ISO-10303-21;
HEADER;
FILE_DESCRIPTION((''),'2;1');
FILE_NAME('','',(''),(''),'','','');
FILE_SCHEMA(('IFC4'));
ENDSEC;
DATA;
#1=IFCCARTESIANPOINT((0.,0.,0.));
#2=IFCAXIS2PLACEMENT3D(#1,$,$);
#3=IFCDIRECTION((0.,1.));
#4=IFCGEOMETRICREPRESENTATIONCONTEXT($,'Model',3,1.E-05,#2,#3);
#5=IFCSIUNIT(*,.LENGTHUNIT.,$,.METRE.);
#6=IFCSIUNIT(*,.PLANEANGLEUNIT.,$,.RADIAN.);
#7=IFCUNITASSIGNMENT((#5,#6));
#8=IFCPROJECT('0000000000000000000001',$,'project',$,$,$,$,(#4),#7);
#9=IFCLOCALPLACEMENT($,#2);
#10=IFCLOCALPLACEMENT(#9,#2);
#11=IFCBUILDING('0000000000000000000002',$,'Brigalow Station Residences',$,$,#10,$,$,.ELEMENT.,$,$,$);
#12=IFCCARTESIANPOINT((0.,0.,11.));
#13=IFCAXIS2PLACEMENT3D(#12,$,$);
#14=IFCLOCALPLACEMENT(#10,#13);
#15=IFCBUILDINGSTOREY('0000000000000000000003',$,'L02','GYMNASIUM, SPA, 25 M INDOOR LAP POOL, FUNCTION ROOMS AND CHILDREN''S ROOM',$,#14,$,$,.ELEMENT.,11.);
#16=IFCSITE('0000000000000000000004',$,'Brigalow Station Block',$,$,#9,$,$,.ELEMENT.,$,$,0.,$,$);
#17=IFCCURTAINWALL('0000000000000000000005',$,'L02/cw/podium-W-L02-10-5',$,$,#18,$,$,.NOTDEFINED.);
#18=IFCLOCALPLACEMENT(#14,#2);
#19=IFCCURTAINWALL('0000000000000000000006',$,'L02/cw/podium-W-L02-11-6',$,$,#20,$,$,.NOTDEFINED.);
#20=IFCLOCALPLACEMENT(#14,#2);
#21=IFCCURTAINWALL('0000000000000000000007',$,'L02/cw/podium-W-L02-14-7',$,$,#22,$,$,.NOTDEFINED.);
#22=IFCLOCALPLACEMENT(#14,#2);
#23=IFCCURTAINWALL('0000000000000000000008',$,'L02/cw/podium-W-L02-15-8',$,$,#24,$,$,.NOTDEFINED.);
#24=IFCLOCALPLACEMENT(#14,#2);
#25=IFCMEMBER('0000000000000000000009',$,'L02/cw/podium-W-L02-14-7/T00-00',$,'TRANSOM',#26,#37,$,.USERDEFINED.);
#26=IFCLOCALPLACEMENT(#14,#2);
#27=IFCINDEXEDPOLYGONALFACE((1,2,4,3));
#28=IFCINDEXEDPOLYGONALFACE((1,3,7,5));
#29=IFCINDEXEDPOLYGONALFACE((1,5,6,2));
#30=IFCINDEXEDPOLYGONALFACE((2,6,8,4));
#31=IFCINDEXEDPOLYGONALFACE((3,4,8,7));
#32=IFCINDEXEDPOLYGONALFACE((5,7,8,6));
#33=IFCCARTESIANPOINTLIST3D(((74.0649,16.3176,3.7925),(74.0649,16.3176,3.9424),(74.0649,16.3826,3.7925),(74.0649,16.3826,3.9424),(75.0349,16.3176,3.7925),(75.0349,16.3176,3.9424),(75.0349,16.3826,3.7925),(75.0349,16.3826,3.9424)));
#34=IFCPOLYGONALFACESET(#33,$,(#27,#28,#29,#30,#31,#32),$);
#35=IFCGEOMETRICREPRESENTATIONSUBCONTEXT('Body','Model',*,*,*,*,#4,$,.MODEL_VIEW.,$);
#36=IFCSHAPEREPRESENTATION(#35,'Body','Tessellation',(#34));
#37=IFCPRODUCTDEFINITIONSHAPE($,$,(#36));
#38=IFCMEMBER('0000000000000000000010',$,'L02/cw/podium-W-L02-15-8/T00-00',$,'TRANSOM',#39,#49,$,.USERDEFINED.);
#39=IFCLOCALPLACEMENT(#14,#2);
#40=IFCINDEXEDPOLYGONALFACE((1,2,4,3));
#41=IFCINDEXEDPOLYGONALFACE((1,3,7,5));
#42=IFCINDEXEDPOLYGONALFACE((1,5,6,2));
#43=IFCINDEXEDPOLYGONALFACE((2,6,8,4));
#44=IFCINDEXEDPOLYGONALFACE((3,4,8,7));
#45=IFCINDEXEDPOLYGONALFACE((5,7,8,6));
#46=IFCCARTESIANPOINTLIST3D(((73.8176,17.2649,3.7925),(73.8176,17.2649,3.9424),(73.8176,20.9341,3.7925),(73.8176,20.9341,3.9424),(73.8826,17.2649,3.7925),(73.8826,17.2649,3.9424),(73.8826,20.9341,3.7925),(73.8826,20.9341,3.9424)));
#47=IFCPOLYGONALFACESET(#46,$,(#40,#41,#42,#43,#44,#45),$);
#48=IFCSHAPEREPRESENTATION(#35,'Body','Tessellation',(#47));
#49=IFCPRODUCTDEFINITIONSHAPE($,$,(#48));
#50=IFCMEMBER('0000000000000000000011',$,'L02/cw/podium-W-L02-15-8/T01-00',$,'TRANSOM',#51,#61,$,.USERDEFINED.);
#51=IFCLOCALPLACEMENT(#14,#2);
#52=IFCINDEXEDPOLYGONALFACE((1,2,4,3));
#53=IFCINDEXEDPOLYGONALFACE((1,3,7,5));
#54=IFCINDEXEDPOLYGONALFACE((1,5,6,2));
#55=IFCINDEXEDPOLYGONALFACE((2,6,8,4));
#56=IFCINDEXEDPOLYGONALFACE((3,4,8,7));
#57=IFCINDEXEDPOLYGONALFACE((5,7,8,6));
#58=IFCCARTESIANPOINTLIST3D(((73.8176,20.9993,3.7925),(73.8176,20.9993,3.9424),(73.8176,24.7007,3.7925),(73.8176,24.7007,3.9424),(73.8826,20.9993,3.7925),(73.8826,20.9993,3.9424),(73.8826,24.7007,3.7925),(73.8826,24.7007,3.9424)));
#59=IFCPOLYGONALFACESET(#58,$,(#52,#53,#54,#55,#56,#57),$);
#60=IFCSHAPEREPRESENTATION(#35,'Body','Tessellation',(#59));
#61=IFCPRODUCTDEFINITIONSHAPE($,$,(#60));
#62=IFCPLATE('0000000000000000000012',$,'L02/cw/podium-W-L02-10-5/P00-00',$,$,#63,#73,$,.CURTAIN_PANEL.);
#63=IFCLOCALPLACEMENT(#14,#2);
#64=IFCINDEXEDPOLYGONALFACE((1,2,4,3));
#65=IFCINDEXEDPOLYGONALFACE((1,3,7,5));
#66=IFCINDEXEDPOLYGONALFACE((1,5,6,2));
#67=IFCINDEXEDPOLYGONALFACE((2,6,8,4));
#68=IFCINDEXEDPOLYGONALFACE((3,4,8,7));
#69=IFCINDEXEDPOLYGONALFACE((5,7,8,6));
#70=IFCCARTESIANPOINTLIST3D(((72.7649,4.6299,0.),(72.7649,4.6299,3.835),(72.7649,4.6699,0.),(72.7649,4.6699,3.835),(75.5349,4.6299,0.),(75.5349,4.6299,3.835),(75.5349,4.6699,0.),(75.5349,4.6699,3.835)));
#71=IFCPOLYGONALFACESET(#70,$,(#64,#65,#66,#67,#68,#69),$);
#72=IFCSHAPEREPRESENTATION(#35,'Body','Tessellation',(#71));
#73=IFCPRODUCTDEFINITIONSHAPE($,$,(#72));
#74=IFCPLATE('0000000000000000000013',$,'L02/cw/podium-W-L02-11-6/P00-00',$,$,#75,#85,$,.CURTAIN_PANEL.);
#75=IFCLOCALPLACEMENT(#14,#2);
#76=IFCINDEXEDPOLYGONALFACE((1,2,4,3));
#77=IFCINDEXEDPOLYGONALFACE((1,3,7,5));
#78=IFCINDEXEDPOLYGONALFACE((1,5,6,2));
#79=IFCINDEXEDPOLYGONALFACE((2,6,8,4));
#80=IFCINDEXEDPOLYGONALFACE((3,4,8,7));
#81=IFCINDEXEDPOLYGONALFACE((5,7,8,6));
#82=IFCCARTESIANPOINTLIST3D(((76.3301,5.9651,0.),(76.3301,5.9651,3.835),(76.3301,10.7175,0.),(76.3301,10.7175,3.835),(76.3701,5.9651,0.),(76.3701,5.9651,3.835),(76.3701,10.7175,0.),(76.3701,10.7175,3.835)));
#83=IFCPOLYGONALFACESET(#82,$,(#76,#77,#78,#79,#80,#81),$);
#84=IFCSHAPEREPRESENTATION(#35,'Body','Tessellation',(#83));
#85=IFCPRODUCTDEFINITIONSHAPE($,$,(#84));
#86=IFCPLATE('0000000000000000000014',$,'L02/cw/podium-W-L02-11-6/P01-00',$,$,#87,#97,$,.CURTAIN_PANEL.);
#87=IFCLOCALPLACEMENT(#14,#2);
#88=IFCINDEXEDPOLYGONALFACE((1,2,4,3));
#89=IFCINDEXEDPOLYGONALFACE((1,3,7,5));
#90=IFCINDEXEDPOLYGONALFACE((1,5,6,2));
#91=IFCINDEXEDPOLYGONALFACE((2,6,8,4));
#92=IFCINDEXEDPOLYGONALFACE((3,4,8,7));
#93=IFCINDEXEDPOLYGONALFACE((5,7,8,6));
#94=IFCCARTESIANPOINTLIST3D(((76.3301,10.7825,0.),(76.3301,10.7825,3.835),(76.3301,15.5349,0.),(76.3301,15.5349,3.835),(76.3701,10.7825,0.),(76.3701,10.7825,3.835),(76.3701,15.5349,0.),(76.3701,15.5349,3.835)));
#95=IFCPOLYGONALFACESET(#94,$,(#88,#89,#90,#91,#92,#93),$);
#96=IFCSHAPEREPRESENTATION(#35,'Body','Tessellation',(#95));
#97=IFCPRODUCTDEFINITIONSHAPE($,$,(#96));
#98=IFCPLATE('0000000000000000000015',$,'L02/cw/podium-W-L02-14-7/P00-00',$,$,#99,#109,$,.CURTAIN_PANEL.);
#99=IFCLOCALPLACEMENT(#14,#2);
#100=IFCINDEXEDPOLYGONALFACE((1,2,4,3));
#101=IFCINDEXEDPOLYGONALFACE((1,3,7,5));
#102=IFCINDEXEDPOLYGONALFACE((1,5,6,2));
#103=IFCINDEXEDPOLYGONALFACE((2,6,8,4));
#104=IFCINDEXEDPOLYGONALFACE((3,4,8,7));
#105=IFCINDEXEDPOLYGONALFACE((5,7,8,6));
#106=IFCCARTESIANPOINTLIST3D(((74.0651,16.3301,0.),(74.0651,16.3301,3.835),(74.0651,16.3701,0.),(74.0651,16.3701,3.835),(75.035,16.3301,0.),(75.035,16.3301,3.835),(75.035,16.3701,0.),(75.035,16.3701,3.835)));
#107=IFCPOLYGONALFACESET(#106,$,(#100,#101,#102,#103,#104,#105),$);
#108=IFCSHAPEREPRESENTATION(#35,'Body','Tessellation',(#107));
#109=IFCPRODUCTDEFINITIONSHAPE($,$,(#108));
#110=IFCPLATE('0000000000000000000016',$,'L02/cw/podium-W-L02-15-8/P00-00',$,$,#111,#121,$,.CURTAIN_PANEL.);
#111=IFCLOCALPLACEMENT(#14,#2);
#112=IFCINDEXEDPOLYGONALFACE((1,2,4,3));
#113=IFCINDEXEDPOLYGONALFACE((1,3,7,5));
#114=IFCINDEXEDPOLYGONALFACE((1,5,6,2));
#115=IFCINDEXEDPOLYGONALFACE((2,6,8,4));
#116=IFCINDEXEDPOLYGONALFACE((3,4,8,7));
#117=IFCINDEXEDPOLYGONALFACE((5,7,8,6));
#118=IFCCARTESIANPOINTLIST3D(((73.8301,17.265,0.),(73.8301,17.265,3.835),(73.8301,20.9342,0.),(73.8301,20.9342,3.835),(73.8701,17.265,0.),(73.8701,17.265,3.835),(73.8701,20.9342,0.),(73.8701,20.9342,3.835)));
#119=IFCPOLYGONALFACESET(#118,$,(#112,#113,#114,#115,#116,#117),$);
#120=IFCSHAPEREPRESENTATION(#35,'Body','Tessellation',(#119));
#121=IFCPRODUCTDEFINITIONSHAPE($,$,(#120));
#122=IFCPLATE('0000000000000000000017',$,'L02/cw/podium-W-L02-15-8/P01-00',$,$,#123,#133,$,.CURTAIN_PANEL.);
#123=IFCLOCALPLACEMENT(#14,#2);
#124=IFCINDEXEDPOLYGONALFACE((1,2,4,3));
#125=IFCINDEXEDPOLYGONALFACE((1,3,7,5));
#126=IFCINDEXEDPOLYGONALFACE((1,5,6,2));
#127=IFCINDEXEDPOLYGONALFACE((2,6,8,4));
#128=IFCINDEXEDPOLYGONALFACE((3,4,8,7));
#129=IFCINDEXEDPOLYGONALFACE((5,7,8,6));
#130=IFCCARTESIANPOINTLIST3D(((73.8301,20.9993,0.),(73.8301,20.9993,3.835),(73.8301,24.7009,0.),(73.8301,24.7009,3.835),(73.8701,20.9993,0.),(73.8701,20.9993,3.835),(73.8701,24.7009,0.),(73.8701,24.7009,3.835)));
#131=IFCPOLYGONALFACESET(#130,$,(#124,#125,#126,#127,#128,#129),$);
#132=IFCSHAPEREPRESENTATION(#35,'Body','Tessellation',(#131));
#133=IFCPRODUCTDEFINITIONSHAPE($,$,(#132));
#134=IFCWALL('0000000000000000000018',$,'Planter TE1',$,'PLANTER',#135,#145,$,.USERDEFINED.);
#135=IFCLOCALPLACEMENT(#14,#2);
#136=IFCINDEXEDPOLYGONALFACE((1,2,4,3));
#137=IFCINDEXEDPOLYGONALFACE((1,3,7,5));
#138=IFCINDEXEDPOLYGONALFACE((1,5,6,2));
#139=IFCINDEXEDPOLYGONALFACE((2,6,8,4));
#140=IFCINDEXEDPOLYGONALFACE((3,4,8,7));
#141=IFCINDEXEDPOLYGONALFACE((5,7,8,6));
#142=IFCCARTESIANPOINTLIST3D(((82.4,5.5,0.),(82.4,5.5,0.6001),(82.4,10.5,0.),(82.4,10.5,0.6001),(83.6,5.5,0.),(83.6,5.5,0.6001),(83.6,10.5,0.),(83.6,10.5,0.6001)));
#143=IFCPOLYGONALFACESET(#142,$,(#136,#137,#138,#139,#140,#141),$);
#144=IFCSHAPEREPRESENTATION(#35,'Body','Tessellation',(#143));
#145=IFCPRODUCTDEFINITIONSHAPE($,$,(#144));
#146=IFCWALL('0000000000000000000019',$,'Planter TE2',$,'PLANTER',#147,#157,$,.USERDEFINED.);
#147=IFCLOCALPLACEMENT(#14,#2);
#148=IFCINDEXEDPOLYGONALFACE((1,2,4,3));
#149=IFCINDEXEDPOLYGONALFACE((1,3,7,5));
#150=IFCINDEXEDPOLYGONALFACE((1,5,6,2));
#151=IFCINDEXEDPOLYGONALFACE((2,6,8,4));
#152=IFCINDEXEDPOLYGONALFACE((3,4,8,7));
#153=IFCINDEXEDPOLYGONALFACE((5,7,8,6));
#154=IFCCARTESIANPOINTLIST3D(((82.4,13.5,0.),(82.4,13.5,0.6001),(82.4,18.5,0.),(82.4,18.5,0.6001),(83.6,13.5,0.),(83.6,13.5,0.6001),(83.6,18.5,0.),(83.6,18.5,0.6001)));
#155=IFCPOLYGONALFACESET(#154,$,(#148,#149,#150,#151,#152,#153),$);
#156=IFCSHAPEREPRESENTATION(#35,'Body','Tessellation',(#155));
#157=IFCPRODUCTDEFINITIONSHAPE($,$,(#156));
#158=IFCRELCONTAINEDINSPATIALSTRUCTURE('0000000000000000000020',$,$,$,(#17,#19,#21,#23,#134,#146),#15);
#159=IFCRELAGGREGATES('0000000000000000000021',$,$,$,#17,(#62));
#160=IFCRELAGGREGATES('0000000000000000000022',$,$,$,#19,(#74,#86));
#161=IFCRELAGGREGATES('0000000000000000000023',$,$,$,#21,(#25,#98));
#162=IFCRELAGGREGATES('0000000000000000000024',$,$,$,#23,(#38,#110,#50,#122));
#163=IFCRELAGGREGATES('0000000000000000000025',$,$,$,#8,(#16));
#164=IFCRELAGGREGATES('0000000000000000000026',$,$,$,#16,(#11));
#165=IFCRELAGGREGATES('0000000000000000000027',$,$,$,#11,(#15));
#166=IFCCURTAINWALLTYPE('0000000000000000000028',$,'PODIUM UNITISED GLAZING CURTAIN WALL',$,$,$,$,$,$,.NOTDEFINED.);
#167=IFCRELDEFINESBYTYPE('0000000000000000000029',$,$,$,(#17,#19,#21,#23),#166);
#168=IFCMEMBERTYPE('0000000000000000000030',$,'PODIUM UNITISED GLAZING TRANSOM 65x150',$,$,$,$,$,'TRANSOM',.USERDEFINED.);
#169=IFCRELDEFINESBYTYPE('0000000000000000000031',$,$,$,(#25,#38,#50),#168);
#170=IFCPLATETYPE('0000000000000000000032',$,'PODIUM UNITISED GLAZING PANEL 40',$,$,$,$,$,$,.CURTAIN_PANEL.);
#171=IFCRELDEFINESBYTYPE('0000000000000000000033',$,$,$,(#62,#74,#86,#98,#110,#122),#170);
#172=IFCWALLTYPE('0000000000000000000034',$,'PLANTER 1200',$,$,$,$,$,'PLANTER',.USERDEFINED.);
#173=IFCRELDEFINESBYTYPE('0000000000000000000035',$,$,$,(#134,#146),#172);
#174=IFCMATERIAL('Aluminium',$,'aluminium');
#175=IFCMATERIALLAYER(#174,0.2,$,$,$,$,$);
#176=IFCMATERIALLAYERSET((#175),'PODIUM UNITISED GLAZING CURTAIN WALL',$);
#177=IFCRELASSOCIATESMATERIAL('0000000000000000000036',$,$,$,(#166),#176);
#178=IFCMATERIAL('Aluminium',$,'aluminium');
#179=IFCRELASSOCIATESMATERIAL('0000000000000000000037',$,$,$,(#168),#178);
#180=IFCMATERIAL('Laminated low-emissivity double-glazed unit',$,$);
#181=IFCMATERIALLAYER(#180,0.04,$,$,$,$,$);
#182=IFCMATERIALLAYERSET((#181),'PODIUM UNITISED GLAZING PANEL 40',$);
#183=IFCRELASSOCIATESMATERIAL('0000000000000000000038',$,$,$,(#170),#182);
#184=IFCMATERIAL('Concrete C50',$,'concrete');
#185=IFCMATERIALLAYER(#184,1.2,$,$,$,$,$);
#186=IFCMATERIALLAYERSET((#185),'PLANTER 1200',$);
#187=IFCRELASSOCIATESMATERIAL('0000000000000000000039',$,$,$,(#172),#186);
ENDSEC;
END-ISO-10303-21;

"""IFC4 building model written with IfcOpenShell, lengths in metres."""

from ifc_helpers import new_model, si_unit, direction, frame, frame_2d, origin, origin_2d, place, context, subcontext, project, spatial, rectangle, extrude, material, layer, layer_set, material_profile, profile_set, type_object, element, aggregate, save


model = new_model("IFC4")

# Units and contexts
model_context = context("Model", 3, precision=1e-05, world=origin(), true_north=direction((0.0, 1.0)))
body_context = subcontext(model_context, "Body", "Model", "MODEL_VIEW")
ifc_project = project(units=[si_unit("LENGTHUNIT", "METRE"), si_unit("PLANEANGLEUNIT", "RADIAN")], contexts=[model_context])

# Site, building, storey
site_placement = place(None, origin())
site = spatial("IfcSite", under=ifc_project, at=site_placement, Name="Brigalow Station Block", CompositionType="ELEMENT", RefElevation=0.0)
building_placement = place(site_placement, origin())
building = spatial("IfcBuilding", under=site, at=building_placement, Name="Brigalow Station Residences", CompositionType="ELEMENT")
storey_placement = place(building_placement, frame((0.0, 0.0, 11.0)))
storey = spatial("IfcBuildingStorey", under=building, at=storey_placement, Name="L02", Description="GYMNASIUM, SPA, 25 M INDOOR LAP POOL, FUNCTION ROOMS AND CHILDREN'S ROOM", CompositionType="ELEMENT", Elevation=11.0)

# Curtain wall
ifc_material_1 = material(Name="Aluminium", Category="aluminium")
ifc_layer_1 = layer(ifc_material_1, 0.2)
ifc_layer_set_1 = layer_set([ifc_layer_1], Name="PODIUM UNITISED GLAZING CURTAIN WALL")
curtain_wall_type = type_object("IfcCurtainWallType", Name="PODIUM UNITISED GLAZING CURTAIN WALL", PredefinedType="NOTDEFINED", material=ifc_layer_set_1)
curtain_wall_1_placement = place(storey_placement, origin())
curtain_wall_1 = element("IfcCurtainWall", 1, at=curtain_wall_1_placement, inside=storey, type_object=curtain_wall_type, Name="L02/cw/podium-W-L02-10-5", PredefinedType="NOTDEFINED")

# Curtain walls
curtain_wall_2_placement = place(storey_placement, origin())
curtain_wall_2 = element("IfcCurtainWall", 2, at=curtain_wall_2_placement, inside=storey, type_object=curtain_wall_type, Name="L02/cw/podium-W-L02-11-6", PredefinedType="NOTDEFINED")
curtain_wall_3_placement = place(storey_placement, origin())
curtain_wall_3 = element("IfcCurtainWall", 3, at=curtain_wall_3_placement, inside=storey, type_object=curtain_wall_type, Name="L02/cw/podium-W-L02-14-7", PredefinedType="NOTDEFINED")
curtain_wall_4_placement = place(storey_placement, origin())
curtain_wall_4 = element("IfcCurtainWall", 4, at=curtain_wall_4_placement, inside=storey, type_object=curtain_wall_type, Name="L02/cw/podium-W-L02-15-8", PredefinedType="NOTDEFINED")

# Members
ifc_material_2 = material(Name="Aluminium", Category="aluminium")
ifc_material_profile_1 = material_profile(ifc_material_2, rectangle(XDim=0.0649, YDim=0.1499, at=origin_2d()), Name="PODIUM UNITISED GLAZING TRANSOM 65x150")
ifc_profile_set_1 = profile_set([ifc_material_profile_1], Name="Aluminium")
member_type_1 = type_object("IfcMemberType", Name="PODIUM UNITISED GLAZING TRANSOM 65x150", ElementType="TRANSOM", PredefinedType="USERDEFINED", material=ifc_profile_set_1)
member_1_placement = place(storey_placement, frame((75.0349, 16.3501, 3.8674), z_axis=(-1.0, 0.0, 0.0), x_axis=(0.0, -1.0, 0.0)))
member_1 = element("IfcMember", 5, at=member_1_placement, type_object=member_type_1, Name="L02/cw/podium-W-L02-14-7/T00-00", ObjectType="TRANSOM", PredefinedType="USERDEFINED", context=body_context, shape_type="SweptSolid", body=[
    extrude(rectangle(XDim=0.0649, YDim=0.1499, at=origin_2d()), origin(), (0.0, 0.0, 1.0), 0.97),
])
member_2_placement = place(storey_placement, frame((73.8501, 17.2649, 3.8674), z_axis=(0.0, 1.0, 0.0), x_axis=(-1.0, 0.0, 0.0)))
member_2 = element("IfcMember", 6, at=member_2_placement, type_object=member_type_1, Name="L02/cw/podium-W-L02-15-8/T00-00", ObjectType="TRANSOM", PredefinedType="USERDEFINED", context=body_context, shape_type="SweptSolid", body=[
    extrude(rectangle(XDim=0.0649, YDim=0.1499, at=origin_2d()), origin(), (0.0, 0.0, 1.0), 3.6692),
])
member_3_placement = place(storey_placement, frame((73.8501, 20.9993, 3.8674), z_axis=(0.0, 1.0, 0.0), x_axis=(-1.0, 0.0, 0.0)))
member_3 = element("IfcMember", 7, at=member_3_placement, type_object=member_type_1, Name="L02/cw/podium-W-L02-15-8/T01-00", ObjectType="TRANSOM", PredefinedType="USERDEFINED", context=body_context, shape_type="SweptSolid", body=[
    extrude(rectangle(XDim=0.0649, YDim=0.1499, at=origin_2d()), origin(), (0.0, 0.0, 1.0), 3.7014),
])

# Plates
ifc_material_3 = material(Name="Laminated low-emissivity double-glazed unit")
ifc_layer_2 = layer(ifc_material_3, 0.04)
ifc_layer_set_2 = layer_set([ifc_layer_2], Name="PODIUM UNITISED GLAZING PANEL 40")
plate_type = type_object("IfcPlateType", Name="PODIUM UNITISED GLAZING PANEL 40", PredefinedType="CURTAIN_PANEL", material=ifc_layer_set_2)
plate_1_placement = place(storey_placement, frame((74.1499, 4.6499, 0.0), z_axis=(0.0, 0.0, 1.0), x_axis=(1.0, 0.0, 0.0)))
plate_1 = element("IfcPlate", 8, at=plate_1_placement, type_object=plate_type, Name="L02/cw/podium-W-L02-10-5/P00-00", PredefinedType="CURTAIN_PANEL", context=body_context, shape_type="SweptSolid", body=[
    extrude(rectangle(XDim=2.77, YDim=0.04, at=origin_2d()), origin(), (0.0, 0.0, 1.0), 3.835),
])
aggregate(curtain_wall_1, [plate_1])
plate_2_placement = place(storey_placement, frame((76.3501, 8.3413, 0.0), z_axis=(0.0, 0.0, 1.0), x_axis=(0.0, 1.0, 0.0)))
plate_2 = element("IfcPlate", 9, at=plate_2_placement, type_object=plate_type, Name="L02/cw/podium-W-L02-11-6/P00-00", PredefinedType="CURTAIN_PANEL", context=body_context, shape_type="SweptSolid", body=[
    extrude(rectangle(XDim=4.7524, YDim=0.04, at=origin_2d()), origin(), (0.0, 0.0, 1.0), 3.835),
])
plate_3_placement = place(storey_placement, frame((76.3501, 13.1587, 0.0), z_axis=(0.0, 0.0, 1.0), x_axis=(0.0, 1.0, 0.0)))
plate_3 = element("IfcPlate", 10, at=plate_3_placement, type_object=plate_type, Name="L02/cw/podium-W-L02-11-6/P01-00", PredefinedType="CURTAIN_PANEL", context=body_context, shape_type="SweptSolid", body=[
    extrude(rectangle(XDim=4.7524, YDim=0.04, at=origin_2d()), origin(), (0.0, 0.0, 1.0), 3.835),
])
aggregate(curtain_wall_2, [plate_2, plate_3])
plate_4_placement = place(storey_placement, frame((74.55, 16.3501, 0.0), z_axis=(0.0, 0.0, 1.0), x_axis=(-1.0, 0.0, 0.0)))
plate_4 = element("IfcPlate", 11, at=plate_4_placement, type_object=plate_type, Name="L02/cw/podium-W-L02-14-7/P00-00", PredefinedType="CURTAIN_PANEL", context=body_context, shape_type="SweptSolid", body=[
    extrude(rectangle(XDim=0.97, YDim=0.04, at=origin_2d()), origin(), (0.0, 0.0, 1.0), 3.835),
])
aggregate(curtain_wall_3, [member_1, plate_4])
plate_5_placement = place(storey_placement, frame((73.8501, 19.0996, 0.0), z_axis=(0.0, 0.0, 1.0), x_axis=(0.0, 1.0, 0.0)))
plate_5 = element("IfcPlate", 12, at=plate_5_placement, type_object=plate_type, Name="L02/cw/podium-W-L02-15-8/P00-00", PredefinedType="CURTAIN_PANEL", context=body_context, shape_type="SweptSolid", body=[
    extrude(rectangle(XDim=3.6692, YDim=0.04, at=origin_2d()), origin(), (0.0, 0.0, 1.0), 3.835),
])
plate_6_placement = place(storey_placement, frame((73.8501, 22.8501, 0.0), z_axis=(0.0, 0.0, 1.0), x_axis=(0.0, 1.0, 0.0)))
plate_6 = element("IfcPlate", 13, at=plate_6_placement, type_object=plate_type, Name="L02/cw/podium-W-L02-15-8/P01-00", PredefinedType="CURTAIN_PANEL", context=body_context, shape_type="SweptSolid", body=[
    extrude(rectangle(XDim=3.7017, YDim=0.04, at=origin_2d()), origin(), (0.0, 0.0, 1.0), 3.835),
])
aggregate(curtain_wall_4, [member_2, plate_5, member_3, plate_6])

# Walls
ifc_material_4 = material(Name="Concrete C50", Category="concrete")
ifc_layer_3 = layer(ifc_material_4, 1.2)
ifc_layer_set_3 = layer_set([ifc_layer_3], Name="PLANTER 1200")
wall_type = type_object("IfcWallType", Name="PLANTER 1200", ElementType="PLANTER", PredefinedType="USERDEFINED", material=ifc_layer_set_3)
for number, where, z_axis, x_axis, name in (
    (14, (83.0, 5.5, 0.0), (0.0, 0.0, 1.0), (0.0, 1.0, 0.0), "Planter TE1"),
    (15, (83.0, 13.5, 0.0), (0.0, 0.0, 1.0), (0.0, 1.0, 0.0), "Planter TE2"),
):
    element("IfcWall", number, at=place(storey_placement, frame(where, z_axis=z_axis, x_axis=x_axis)), inside=storey, type_object=wall_type, Name=name, ObjectType="PLANTER", PredefinedType="USERDEFINED", context=body_context, shape_type="SweptSolid", body=[
        extrude(rectangle(XDim=5.0, YDim=1.2, at=frame_2d((2.5, 0.0))), origin(), (0.0, 0.0, 1.0), 0.6001),
    ])

save(model, "model.ifc")
